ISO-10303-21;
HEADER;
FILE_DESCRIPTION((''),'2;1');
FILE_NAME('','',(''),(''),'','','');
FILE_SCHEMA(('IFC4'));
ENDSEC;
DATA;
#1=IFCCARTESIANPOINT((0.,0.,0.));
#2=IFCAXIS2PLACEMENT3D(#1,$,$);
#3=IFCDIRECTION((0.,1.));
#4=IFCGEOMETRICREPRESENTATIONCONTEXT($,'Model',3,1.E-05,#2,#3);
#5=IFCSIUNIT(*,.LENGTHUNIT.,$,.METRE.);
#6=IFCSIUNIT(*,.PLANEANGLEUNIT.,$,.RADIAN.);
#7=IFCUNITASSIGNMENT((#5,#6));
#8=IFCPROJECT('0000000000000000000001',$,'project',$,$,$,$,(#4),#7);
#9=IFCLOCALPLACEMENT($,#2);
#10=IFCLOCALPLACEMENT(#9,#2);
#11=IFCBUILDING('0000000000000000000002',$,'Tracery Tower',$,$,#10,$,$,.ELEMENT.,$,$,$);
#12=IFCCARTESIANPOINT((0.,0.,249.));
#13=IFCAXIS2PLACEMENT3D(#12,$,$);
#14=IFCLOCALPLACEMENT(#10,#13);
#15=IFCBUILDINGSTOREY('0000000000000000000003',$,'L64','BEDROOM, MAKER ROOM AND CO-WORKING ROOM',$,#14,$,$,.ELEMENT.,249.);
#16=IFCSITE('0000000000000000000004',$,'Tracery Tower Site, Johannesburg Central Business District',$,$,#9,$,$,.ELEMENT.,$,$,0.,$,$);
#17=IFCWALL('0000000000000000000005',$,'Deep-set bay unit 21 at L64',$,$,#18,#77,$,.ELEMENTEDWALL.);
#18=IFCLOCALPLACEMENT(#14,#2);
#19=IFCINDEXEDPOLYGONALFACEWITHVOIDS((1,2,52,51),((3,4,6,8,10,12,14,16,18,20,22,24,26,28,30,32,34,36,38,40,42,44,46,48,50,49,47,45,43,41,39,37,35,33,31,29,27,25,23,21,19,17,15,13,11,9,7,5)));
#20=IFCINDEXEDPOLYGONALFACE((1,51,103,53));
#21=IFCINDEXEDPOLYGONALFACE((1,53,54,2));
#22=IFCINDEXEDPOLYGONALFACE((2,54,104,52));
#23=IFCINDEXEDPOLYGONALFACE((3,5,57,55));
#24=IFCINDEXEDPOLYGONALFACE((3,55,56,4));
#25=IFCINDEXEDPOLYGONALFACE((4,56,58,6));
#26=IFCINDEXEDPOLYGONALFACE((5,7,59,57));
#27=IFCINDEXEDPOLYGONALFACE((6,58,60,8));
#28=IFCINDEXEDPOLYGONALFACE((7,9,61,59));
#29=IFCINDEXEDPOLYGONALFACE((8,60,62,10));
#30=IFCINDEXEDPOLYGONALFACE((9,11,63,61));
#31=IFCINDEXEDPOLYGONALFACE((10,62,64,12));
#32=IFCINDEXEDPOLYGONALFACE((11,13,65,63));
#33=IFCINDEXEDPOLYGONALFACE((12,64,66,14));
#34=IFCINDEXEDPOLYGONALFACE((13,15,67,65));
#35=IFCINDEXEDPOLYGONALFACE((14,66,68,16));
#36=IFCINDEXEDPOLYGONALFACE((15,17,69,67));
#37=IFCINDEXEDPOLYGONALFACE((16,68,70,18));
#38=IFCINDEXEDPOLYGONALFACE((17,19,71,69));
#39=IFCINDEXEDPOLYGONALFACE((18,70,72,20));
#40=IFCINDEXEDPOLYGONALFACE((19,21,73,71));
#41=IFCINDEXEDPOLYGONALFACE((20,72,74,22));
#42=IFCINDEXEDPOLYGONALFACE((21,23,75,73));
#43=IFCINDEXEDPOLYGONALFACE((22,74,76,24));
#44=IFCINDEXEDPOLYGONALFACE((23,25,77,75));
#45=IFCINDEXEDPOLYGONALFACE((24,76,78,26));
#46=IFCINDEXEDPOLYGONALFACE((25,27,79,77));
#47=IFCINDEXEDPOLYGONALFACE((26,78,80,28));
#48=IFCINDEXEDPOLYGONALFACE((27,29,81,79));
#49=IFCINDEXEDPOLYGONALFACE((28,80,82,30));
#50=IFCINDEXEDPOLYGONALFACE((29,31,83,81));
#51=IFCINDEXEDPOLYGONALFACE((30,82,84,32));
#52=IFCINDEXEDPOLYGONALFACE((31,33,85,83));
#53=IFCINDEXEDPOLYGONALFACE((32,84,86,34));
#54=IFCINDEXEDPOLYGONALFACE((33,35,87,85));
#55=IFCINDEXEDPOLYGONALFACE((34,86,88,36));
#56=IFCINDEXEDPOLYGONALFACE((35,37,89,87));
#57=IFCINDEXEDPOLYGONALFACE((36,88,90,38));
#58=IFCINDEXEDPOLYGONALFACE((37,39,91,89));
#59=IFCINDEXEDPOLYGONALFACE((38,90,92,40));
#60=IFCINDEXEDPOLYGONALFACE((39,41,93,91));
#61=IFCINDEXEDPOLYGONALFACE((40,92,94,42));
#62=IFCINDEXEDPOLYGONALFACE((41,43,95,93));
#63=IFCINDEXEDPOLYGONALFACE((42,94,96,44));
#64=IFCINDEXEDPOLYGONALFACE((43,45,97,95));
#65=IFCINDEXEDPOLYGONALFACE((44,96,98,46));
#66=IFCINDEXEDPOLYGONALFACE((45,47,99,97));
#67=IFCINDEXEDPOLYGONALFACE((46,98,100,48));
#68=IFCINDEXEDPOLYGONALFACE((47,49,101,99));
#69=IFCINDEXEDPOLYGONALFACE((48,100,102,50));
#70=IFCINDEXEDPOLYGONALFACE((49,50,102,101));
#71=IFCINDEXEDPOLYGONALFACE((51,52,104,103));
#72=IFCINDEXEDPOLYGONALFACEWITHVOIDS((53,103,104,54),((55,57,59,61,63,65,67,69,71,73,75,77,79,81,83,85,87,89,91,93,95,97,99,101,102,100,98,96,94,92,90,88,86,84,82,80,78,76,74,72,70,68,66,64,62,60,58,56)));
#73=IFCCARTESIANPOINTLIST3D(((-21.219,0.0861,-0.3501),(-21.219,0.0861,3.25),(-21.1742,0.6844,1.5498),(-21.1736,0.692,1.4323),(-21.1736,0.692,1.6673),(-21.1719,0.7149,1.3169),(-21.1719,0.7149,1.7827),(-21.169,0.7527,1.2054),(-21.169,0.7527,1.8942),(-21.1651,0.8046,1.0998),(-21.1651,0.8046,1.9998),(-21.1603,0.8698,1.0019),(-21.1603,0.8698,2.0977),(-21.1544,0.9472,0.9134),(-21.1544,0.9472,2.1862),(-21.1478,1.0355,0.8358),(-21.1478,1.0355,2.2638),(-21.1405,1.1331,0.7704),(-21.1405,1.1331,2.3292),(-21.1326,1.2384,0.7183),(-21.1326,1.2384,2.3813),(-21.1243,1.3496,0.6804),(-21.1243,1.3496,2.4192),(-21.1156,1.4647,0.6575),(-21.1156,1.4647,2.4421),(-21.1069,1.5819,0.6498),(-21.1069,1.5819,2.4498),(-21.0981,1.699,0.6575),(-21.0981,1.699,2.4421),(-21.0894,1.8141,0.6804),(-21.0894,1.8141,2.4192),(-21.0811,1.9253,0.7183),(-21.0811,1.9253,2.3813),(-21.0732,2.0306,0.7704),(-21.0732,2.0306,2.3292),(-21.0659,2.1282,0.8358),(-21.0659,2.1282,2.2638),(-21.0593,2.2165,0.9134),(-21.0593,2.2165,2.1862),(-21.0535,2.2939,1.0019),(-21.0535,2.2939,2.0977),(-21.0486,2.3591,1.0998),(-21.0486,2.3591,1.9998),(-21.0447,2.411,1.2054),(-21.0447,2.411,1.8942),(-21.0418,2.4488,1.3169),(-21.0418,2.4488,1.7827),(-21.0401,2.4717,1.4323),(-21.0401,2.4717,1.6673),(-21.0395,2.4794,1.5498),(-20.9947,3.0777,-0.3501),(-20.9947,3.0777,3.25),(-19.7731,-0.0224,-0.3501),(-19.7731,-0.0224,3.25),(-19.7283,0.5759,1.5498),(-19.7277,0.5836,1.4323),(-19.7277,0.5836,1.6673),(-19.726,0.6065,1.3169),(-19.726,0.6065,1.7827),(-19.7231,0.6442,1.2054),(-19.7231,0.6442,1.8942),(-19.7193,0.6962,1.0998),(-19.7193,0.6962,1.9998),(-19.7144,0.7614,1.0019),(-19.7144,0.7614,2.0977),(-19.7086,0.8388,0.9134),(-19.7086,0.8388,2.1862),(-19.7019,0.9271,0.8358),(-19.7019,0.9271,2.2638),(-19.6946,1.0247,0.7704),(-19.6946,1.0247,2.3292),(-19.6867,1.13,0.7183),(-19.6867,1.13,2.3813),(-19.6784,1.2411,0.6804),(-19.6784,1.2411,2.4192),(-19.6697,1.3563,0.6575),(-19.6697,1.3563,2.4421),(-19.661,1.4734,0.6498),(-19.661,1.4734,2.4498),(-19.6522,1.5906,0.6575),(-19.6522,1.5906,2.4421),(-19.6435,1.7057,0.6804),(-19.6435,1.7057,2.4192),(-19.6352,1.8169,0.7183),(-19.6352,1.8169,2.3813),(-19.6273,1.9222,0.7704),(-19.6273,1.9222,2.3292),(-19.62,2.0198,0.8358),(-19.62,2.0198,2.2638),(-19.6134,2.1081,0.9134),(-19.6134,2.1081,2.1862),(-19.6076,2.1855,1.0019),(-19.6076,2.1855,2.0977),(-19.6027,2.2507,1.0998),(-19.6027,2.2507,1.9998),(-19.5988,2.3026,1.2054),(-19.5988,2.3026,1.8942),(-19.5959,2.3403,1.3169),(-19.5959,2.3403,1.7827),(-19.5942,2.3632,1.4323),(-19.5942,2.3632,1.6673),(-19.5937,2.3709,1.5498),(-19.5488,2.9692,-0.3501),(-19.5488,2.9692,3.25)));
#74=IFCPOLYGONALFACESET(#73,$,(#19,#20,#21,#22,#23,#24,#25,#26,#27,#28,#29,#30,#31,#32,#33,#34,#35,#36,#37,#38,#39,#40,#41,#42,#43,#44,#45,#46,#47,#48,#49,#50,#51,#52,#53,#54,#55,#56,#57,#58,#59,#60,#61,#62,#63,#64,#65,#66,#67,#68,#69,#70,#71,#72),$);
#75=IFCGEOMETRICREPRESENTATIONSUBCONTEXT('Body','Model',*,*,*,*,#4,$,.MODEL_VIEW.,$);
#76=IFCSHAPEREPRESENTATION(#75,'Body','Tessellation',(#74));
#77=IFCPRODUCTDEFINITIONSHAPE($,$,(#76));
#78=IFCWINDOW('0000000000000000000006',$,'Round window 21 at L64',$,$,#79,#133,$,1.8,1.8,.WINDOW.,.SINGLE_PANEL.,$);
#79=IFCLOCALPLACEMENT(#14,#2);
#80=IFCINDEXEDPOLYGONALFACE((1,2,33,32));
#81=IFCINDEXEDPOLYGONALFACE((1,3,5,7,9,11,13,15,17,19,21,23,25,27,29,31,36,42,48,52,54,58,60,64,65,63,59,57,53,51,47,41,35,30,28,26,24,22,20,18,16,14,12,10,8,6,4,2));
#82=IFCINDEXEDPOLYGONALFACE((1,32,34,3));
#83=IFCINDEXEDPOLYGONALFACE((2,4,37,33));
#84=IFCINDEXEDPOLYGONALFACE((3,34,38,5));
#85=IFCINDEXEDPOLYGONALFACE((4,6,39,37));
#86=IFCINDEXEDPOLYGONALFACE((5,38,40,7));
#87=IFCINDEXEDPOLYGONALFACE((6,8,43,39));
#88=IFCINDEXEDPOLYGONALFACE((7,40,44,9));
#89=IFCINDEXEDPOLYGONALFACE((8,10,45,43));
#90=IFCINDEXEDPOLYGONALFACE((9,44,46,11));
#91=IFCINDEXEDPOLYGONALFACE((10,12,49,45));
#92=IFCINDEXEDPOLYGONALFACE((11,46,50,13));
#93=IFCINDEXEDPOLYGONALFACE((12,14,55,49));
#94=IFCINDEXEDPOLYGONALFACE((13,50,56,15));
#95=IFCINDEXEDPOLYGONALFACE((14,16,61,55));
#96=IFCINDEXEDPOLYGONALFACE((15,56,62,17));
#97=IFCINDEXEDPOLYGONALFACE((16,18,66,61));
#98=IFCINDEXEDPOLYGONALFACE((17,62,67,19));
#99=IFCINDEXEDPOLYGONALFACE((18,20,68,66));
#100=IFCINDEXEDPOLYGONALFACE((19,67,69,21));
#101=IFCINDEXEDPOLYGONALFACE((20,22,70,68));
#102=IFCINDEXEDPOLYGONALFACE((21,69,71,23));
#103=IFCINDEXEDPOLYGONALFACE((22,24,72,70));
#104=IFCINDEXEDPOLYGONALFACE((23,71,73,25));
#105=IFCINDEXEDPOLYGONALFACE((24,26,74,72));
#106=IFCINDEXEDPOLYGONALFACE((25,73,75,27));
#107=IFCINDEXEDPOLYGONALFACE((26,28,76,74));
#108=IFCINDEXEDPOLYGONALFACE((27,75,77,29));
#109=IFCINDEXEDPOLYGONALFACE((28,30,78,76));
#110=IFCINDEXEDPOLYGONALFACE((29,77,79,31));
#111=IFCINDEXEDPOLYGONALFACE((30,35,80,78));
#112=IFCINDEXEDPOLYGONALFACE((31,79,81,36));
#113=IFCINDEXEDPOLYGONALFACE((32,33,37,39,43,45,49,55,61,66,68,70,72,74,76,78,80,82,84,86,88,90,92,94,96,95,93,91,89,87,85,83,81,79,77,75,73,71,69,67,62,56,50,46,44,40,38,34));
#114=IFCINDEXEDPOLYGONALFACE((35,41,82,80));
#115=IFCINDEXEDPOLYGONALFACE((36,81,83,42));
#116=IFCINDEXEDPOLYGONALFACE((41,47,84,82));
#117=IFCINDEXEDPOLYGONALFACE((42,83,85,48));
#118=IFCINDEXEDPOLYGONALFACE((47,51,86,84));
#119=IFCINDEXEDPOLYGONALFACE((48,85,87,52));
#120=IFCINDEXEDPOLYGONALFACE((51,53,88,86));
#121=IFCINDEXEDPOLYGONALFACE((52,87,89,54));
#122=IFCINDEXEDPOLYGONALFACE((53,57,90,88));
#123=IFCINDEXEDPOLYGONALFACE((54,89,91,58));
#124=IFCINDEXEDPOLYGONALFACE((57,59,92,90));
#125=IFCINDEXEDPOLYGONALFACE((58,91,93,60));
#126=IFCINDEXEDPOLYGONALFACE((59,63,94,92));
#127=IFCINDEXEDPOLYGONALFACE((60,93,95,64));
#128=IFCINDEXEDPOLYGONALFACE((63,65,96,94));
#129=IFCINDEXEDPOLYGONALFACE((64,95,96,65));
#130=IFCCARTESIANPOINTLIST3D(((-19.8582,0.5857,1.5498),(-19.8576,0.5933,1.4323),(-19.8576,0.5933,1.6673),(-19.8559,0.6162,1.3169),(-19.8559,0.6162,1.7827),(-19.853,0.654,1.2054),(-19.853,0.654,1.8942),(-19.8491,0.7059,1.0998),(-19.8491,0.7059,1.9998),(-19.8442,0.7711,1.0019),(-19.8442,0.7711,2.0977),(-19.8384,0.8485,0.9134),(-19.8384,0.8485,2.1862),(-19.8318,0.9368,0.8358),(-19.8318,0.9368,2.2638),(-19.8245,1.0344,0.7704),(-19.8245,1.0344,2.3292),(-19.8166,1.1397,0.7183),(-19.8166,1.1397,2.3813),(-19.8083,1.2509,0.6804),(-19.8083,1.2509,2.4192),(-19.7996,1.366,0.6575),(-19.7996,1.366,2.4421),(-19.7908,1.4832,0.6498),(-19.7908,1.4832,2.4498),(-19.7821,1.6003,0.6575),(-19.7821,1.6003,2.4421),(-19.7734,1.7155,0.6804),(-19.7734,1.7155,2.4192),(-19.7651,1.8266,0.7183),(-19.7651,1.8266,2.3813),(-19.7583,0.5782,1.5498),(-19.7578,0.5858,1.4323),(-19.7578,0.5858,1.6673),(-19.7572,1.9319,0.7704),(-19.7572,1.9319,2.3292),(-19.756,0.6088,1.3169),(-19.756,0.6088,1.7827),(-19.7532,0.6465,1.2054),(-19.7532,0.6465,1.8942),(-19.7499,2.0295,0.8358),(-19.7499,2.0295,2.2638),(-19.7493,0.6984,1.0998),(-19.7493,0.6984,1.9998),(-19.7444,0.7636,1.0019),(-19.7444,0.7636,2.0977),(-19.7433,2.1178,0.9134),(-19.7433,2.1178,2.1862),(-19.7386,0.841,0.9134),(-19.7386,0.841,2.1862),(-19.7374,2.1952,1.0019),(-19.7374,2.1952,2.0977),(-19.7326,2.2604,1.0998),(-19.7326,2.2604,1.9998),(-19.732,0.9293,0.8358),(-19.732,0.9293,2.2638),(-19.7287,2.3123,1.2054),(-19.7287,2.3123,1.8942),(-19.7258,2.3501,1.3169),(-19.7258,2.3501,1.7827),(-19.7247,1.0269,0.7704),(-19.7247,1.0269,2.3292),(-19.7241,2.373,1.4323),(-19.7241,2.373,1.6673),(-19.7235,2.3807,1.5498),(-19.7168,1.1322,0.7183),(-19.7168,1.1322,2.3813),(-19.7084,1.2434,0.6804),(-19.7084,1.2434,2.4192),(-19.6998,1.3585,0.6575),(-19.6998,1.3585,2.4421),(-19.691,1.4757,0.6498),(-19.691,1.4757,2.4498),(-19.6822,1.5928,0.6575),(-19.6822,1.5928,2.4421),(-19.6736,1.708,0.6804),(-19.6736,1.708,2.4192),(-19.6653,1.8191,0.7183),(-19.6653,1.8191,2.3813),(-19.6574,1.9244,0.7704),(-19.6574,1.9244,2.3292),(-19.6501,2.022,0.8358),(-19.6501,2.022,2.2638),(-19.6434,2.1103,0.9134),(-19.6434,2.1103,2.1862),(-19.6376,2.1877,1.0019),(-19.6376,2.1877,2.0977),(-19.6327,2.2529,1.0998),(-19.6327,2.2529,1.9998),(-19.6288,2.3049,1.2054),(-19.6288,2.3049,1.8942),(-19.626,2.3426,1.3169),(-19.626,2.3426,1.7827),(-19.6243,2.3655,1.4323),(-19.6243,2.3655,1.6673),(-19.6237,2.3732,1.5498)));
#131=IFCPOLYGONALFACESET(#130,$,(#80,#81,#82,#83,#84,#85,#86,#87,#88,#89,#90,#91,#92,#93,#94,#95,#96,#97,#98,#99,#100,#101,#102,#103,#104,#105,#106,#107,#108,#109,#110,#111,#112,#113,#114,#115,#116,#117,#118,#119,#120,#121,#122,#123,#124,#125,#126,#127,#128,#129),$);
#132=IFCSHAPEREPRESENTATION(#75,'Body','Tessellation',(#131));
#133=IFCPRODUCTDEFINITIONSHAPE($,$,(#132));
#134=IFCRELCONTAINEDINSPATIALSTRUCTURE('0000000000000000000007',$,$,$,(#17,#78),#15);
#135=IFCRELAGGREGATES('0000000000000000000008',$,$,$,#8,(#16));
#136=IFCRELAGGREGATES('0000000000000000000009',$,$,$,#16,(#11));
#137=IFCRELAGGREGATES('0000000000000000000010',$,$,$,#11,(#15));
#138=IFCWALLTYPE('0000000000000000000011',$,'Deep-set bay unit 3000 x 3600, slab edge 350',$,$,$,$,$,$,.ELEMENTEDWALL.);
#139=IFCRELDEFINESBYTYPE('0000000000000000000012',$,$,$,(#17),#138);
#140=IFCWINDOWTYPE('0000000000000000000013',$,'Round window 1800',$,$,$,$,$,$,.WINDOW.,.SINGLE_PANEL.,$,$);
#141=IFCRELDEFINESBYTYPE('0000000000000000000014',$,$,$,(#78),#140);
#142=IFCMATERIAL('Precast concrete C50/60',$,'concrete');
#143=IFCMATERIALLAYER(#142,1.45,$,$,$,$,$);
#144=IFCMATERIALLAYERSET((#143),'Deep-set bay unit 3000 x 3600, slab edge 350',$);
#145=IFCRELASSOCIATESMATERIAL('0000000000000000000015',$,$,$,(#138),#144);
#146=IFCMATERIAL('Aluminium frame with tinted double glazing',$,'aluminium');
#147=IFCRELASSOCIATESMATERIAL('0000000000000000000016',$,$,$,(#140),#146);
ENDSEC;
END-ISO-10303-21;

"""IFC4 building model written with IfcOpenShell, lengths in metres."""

from ifc_helpers import new_model, si_unit, direction, frame, frame_2d, origin, origin_2d, place, context, subcontext, project, spatial, rectangle, circle, extrude, material, layer, layer_set, type_object, element, fill, save


model = new_model("IFC4")

# Units and contexts
model_context = context("Model", 3, precision=1e-05, world=origin(), true_north=direction((0.0, 1.0)))
body_context = subcontext(model_context, "Body", "Model", "MODEL_VIEW")
ifc_project = project(units=[si_unit("LENGTHUNIT", "METRE"), si_unit("PLANEANGLEUNIT", "RADIAN")], contexts=[model_context])

# Site, building, storey
site_placement = place(None, origin())
site = spatial("IfcSite", under=ifc_project, at=site_placement, Name="Tracery Tower Site, Johannesburg Central Business District", CompositionType="ELEMENT", RefElevation=0.0)
building_placement = place(site_placement, origin())
building = spatial("IfcBuilding", under=site, at=building_placement, Name="Tracery Tower", CompositionType="ELEMENT")
storey_placement = place(building_placement, frame((0.0, 0.0, 249.0)))
storey = spatial("IfcBuildingStorey", under=building, at=storey_placement, Name="L64", Description="BEDROOM, MAKER ROOM AND CO-WORKING ROOM", CompositionType="ELEMENT", Elevation=249.0)

# Wall, opening, window
ifc_material_1 = material(Name="Precast concrete C50/60", Category="concrete")
ifc_layer_1 = layer(ifc_material_1, 1.45)
ifc_layer_set_1 = layer_set([ifc_layer_1], Name="Deep-set bay unit 3000 x 3600, slab edge 350")
wall_type_1 = type_object("IfcWallType", Name="Deep-set bay unit 3000 x 3600, slab edge 350", PredefinedType="ELEMENTEDWALL", material=ifc_layer_set_1)
wall_1_placement = place(storey_placement, frame((-20.2717, 3.0234, -0.3501), z_axis=(0.0, 0.0, 1.0), x_axis=(-0.074786, -0.9972, 0.0)))
wall_1 = element("IfcWall", 1, at=wall_1_placement, inside=storey, type_object=wall_type_1, Name="Deep-set bay unit 21 at L64", PredefinedType="ELEMENTEDWALL", context=body_context, shape_type="SweptSolid", body=[
    extrude(rectangle(XDim=3.0, YDim=1.45, at=frame_2d((1.5, 0.0))), origin(), (0.0, 0.0, 1.0), 3.6001),
])
opening_1_placement = place(wall_1_placement, frame((1.5, 0.0, 1.8999)))
opening_1 = element("IfcOpeningElement", 2, at=opening_1_placement, cuts=wall_1, PredefinedType="OPENING", context=body_context, shape_type="SweptSolid", body=[
    extrude(circle(Radius=0.9, at=origin_2d()), frame((0.0, 0.7349, 0.0), z_axis=(0.0, -1.0, 0.0), x_axis=(1.0, 0.0, 0.0)), (0.0, 0.0, 1.0), 1.47),
])
ifc_material_2 = material(Name="Aluminium frame with tinted double glazing", Category="aluminium")
window_type = type_object("IfcWindowType", Name="Round window 1800", PartitioningType="SINGLE_PANEL", PredefinedType="WINDOW", material=ifc_material_2)
window_1_placement = place(opening_1_placement, origin())
window_1 = element("IfcWindow", 3, at=window_1_placement, inside=storey, type_object=window_type, Name="Round window 21 at L64", OverallHeight=1.8, OverallWidth=1.8, PartitioningType="SINGLE_PANEL", PredefinedType="WINDOW", context=body_context, shape_type="SweptSolid", body=[
    extrude(circle(Radius=0.9, at=origin_2d()), frame((0.0, 0.6948, 0.0), z_axis=(0.0, -1.0, 0.0), x_axis=(1.0, 0.0, 0.0)), (0.0, 0.0, 1.0), 0.1001),
])
fill(opening_1, window_1)

save(model, "model.ifc")
